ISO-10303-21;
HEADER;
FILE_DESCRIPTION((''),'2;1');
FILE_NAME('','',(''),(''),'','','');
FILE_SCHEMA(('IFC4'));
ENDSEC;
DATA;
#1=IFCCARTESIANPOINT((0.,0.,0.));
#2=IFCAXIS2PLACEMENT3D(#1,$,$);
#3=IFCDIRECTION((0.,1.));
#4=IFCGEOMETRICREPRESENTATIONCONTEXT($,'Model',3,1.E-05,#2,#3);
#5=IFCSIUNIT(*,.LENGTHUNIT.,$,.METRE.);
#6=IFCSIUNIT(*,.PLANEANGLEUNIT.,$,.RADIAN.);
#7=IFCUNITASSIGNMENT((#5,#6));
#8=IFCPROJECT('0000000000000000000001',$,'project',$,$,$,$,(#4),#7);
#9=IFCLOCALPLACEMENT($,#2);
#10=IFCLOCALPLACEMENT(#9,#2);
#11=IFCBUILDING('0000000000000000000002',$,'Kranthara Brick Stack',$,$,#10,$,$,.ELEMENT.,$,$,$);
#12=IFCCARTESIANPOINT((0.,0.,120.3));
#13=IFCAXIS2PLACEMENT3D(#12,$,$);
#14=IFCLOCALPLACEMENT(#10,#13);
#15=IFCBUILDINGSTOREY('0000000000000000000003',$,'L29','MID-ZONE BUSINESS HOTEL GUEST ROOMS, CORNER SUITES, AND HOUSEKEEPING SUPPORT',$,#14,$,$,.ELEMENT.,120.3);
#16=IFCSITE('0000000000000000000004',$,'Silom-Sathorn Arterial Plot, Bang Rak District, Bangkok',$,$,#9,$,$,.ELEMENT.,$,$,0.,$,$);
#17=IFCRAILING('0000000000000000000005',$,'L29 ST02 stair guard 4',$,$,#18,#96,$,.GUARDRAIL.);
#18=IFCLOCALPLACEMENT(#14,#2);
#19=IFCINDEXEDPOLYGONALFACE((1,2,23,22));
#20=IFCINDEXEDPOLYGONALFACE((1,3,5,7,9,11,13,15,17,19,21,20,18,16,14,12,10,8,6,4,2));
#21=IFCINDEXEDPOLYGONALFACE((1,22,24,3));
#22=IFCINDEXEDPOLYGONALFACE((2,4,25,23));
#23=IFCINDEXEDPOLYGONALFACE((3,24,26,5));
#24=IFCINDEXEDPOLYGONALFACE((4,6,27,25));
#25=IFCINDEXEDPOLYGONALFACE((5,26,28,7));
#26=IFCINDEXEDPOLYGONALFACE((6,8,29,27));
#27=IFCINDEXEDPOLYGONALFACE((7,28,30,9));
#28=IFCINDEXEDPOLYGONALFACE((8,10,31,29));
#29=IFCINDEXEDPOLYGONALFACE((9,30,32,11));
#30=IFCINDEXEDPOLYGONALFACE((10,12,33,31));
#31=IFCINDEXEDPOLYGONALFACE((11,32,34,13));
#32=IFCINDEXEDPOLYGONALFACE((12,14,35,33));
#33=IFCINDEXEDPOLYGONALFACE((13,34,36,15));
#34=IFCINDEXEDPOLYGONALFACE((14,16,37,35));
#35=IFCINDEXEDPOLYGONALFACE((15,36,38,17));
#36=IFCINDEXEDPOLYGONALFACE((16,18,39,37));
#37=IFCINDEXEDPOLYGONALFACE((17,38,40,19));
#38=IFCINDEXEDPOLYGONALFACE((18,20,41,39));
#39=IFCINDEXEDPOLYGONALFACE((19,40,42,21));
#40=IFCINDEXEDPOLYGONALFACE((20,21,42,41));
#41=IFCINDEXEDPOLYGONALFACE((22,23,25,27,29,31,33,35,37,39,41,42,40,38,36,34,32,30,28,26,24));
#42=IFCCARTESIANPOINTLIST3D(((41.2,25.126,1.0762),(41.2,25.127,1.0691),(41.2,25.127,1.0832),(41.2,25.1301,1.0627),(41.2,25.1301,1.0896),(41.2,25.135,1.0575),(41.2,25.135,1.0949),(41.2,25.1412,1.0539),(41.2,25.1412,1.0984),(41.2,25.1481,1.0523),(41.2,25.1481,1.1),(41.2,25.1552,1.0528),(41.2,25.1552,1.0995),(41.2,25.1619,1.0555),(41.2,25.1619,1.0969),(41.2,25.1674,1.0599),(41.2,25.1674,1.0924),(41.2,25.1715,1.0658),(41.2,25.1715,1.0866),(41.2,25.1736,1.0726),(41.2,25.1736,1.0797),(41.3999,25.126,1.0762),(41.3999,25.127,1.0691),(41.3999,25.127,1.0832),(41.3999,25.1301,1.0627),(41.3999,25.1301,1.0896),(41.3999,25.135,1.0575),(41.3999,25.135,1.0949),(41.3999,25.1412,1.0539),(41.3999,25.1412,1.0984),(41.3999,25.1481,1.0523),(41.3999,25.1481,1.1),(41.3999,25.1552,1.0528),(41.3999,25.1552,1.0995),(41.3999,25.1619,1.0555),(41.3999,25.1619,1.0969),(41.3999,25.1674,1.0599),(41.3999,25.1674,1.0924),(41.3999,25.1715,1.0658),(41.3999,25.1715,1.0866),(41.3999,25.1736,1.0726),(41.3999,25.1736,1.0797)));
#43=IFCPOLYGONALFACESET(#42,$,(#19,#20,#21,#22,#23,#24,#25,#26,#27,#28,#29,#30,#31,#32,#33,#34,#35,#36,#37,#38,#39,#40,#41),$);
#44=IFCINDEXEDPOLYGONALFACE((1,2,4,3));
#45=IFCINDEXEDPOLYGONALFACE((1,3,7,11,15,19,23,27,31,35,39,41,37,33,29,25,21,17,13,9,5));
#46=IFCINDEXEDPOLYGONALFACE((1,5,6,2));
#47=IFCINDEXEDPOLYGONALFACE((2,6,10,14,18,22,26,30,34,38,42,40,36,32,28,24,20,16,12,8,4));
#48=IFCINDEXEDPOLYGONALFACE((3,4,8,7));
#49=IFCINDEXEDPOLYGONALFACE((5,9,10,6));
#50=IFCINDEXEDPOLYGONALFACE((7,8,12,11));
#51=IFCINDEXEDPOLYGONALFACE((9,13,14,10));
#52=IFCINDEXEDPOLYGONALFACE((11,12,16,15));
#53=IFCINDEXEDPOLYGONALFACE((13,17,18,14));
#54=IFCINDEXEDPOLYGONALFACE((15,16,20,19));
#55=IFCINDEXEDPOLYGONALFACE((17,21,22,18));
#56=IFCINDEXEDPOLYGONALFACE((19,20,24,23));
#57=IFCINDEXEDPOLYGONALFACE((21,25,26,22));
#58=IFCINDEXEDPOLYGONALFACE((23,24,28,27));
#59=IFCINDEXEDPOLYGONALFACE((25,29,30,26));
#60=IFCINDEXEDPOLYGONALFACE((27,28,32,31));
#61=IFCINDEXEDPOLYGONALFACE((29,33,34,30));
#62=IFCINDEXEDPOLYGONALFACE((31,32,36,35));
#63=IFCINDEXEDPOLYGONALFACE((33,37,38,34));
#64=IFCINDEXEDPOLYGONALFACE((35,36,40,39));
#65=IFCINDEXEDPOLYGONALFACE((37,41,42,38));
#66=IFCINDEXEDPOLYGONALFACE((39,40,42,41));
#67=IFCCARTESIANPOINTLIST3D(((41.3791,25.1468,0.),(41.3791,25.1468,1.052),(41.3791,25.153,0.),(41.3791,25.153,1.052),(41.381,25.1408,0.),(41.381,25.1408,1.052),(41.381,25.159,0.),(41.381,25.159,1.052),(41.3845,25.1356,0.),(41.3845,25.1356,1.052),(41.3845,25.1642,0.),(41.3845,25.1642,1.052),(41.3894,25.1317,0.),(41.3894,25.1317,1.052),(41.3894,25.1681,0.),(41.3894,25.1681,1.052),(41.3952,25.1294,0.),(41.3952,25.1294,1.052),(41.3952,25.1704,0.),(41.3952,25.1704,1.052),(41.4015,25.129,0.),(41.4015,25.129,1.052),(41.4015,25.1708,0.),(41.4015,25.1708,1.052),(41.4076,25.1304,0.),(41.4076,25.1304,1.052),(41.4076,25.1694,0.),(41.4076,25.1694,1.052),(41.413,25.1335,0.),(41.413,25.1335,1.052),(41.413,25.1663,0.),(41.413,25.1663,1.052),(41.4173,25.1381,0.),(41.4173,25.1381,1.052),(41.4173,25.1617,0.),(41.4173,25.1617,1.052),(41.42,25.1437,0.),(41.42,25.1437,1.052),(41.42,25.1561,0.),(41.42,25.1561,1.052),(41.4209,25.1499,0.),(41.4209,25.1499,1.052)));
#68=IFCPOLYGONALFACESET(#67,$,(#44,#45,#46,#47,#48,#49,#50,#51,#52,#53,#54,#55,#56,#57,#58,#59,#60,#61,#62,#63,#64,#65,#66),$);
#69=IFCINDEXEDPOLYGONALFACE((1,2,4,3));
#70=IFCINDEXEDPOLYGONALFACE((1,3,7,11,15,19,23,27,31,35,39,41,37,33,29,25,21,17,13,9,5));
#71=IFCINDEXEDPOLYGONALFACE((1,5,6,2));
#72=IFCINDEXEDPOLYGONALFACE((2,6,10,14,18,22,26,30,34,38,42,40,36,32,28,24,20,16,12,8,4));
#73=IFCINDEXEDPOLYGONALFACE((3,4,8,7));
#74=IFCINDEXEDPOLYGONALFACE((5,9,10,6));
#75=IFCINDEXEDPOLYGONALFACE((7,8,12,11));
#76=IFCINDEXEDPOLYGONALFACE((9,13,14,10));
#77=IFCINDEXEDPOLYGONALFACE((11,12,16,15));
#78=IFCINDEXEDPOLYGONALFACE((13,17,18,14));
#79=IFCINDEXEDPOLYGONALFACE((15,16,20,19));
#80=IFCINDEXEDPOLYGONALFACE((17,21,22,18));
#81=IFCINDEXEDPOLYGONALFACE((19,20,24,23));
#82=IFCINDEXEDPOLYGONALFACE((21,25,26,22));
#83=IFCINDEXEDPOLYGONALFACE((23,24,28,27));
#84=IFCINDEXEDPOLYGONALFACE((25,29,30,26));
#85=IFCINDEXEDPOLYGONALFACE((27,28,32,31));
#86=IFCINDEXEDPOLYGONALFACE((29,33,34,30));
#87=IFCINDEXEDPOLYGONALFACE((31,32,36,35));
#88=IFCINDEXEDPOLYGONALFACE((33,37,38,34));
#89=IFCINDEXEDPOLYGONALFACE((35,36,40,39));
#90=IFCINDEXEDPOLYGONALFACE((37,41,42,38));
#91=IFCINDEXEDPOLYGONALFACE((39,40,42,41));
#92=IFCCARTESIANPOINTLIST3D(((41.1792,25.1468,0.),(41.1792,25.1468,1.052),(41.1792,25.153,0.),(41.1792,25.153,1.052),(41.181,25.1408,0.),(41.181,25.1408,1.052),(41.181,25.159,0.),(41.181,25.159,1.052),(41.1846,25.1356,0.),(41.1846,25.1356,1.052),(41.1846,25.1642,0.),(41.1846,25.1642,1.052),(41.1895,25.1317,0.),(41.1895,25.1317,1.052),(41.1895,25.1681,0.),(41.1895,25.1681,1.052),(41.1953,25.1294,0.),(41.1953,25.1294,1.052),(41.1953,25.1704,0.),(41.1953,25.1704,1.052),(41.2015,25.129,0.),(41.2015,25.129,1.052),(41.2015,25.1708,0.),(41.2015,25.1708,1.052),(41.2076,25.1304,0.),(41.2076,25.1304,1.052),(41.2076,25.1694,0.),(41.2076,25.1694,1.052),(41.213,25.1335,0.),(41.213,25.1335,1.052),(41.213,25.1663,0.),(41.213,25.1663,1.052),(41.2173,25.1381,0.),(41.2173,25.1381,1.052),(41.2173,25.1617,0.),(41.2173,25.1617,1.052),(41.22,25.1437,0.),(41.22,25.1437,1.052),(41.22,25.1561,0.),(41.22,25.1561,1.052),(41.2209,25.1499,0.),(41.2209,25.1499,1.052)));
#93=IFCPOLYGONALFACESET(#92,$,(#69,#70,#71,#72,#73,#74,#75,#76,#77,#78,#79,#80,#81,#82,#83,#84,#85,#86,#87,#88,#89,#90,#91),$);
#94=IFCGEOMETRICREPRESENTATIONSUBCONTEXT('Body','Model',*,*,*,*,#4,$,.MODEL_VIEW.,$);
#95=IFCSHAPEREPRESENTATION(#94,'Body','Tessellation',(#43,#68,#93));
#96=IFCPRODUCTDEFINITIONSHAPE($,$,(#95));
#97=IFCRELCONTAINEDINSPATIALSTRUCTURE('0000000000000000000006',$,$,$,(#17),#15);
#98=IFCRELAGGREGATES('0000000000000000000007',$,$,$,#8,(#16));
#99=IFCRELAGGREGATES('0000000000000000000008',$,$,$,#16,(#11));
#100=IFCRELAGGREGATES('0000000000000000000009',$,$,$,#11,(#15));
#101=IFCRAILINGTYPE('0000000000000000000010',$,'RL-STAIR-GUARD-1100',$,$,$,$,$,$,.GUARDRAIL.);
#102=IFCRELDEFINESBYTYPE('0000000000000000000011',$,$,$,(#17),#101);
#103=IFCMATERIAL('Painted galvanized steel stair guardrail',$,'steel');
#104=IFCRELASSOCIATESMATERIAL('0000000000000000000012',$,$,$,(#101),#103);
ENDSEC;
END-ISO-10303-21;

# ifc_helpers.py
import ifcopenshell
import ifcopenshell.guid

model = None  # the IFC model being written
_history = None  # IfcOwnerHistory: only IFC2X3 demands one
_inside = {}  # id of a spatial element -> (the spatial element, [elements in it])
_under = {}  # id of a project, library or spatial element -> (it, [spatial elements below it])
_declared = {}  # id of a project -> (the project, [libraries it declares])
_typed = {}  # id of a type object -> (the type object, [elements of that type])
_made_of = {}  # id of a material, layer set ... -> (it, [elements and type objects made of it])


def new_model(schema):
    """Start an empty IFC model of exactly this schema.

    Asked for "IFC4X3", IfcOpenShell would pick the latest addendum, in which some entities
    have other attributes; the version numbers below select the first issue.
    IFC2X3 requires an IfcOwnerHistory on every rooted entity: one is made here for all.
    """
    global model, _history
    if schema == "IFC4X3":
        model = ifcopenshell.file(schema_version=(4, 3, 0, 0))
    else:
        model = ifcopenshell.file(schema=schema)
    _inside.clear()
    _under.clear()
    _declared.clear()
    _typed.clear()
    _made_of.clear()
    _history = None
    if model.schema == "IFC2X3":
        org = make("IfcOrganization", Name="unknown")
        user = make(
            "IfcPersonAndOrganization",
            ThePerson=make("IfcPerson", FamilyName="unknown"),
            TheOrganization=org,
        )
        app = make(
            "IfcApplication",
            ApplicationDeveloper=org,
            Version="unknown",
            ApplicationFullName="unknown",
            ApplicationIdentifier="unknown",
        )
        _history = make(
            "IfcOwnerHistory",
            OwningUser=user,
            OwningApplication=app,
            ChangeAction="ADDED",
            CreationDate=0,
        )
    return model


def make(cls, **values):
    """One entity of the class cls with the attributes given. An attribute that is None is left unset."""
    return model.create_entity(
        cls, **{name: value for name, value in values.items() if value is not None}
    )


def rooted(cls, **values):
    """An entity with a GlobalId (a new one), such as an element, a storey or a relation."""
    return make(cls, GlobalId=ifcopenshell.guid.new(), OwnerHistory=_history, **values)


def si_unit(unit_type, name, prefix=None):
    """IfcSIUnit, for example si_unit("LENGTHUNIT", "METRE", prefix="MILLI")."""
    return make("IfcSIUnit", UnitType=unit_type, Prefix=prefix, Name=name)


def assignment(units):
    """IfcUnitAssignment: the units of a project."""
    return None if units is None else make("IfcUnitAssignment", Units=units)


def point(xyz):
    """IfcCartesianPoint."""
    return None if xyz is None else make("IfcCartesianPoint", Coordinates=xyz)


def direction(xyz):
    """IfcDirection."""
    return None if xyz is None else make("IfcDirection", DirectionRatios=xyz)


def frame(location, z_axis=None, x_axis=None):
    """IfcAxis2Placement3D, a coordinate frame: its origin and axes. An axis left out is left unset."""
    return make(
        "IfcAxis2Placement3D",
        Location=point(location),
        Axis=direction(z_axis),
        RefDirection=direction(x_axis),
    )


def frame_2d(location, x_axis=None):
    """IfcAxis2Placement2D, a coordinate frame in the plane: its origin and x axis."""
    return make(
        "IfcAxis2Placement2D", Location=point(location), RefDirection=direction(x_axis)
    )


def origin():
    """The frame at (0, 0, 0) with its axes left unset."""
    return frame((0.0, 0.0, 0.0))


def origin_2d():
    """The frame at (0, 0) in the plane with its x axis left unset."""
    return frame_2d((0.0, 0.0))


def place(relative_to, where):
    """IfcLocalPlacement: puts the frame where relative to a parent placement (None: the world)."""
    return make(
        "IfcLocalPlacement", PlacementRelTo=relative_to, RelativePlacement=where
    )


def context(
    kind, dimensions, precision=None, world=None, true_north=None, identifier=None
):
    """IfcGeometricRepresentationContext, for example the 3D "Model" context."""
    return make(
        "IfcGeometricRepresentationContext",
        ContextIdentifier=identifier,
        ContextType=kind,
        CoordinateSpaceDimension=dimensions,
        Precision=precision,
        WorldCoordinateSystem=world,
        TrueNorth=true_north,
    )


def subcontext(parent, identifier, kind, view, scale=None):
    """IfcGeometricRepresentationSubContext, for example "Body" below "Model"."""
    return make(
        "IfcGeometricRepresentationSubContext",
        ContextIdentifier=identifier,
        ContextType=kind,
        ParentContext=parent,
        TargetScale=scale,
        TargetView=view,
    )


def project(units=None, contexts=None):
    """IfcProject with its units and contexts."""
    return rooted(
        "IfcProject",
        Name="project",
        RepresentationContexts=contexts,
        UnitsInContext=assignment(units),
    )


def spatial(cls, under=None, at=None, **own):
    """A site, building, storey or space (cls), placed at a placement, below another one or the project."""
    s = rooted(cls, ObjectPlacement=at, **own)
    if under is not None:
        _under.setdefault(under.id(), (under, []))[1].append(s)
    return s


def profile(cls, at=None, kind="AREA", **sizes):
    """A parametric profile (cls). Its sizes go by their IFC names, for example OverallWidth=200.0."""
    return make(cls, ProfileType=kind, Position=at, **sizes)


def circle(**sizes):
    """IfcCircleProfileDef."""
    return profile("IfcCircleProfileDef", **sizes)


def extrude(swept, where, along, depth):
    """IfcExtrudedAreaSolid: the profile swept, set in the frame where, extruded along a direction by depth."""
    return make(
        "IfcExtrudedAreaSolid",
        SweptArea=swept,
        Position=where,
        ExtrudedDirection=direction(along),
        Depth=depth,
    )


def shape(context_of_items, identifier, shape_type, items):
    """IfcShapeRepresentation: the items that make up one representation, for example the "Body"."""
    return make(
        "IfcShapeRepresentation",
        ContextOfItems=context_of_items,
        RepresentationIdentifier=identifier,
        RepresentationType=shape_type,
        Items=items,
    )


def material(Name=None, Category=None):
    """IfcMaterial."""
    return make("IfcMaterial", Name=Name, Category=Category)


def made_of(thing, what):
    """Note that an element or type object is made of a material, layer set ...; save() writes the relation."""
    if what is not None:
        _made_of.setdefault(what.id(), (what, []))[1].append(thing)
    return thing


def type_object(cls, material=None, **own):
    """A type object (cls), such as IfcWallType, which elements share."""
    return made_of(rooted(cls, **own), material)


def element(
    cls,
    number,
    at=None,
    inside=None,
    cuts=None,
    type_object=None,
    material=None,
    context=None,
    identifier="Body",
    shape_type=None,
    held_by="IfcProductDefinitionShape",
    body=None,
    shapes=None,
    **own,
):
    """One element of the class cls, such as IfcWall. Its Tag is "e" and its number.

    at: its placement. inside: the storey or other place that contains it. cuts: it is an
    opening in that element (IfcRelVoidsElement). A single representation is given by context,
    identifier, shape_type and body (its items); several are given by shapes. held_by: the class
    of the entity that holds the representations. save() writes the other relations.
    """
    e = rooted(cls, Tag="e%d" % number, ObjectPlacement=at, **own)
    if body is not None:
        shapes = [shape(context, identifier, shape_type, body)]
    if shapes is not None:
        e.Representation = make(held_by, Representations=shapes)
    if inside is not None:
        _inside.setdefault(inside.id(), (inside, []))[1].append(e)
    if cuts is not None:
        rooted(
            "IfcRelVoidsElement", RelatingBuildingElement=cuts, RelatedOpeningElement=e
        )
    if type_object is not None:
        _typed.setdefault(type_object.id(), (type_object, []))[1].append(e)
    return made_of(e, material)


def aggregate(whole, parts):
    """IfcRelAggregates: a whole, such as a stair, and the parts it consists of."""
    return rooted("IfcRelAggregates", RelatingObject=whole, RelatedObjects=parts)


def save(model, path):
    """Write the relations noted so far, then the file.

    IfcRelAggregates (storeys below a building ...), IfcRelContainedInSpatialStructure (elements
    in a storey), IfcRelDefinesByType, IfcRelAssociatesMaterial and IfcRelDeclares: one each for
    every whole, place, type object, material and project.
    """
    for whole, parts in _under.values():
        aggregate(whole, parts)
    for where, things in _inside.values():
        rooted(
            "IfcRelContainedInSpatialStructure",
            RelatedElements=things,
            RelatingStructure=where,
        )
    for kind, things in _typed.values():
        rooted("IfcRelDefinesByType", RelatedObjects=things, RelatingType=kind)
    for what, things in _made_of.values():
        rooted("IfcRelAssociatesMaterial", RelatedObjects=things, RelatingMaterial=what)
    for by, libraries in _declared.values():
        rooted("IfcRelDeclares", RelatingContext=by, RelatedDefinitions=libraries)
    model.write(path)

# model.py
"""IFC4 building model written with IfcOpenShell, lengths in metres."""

from ifc_helpers import new_model, si_unit, direction, frame, origin, origin_2d, place, context, subcontext, project, spatial, circle, extrude, material, type_object, element, save


model = new_model("IFC4")

# Units and contexts
model_context = context("Model", 3, precision=1e-05, world=origin(), true_north=direction((0.0, 1.0)))
body_context = subcontext(model_context, "Body", "Model", "MODEL_VIEW")
ifc_project = project(units=[si_unit("LENGTHUNIT", "METRE"), si_unit("PLANEANGLEUNIT", "RADIAN")], contexts=[model_context])

# Site, building, storey
site_placement = place(None, origin())
site = spatial("IfcSite", under=ifc_project, at=site_placement, Name="Silom-Sathorn Arterial Plot, Bang Rak District, Bangkok", CompositionType="ELEMENT", RefElevation=0.0)
building_placement = place(site_placement, origin())
building = spatial("IfcBuilding", under=site, at=building_placement, Name="Kranthara Brick Stack", CompositionType="ELEMENT")
storey_placement = place(building_placement, frame((0.0, 0.0, 120.3)))
storey = spatial("IfcBuildingStorey", under=building, at=storey_placement, Name="L29", Description="MID-ZONE BUSINESS HOTEL GUEST ROOMS, CORNER SUITES, AND HOUSEKEEPING SUPPORT", CompositionType="ELEMENT", Elevation=120.3)

# Railing
ifc_material_1 = material(Name="Painted galvanized steel stair guardrail", Category="steel")
railing_type_1 = type_object("IfcRailingType", Name="RL-STAIR-GUARD-1100", PredefinedType="GUARDRAIL", material=ifc_material_1)
railing_1_placement = place(storey_placement, frame((41.3999, 25.1499, 0.0)))
element("IfcRailing", 1, at=railing_1_placement, inside=storey, type_object=railing_type_1, Name="L29 ST02 stair guard 4", PredefinedType="GUARDRAIL", context=body_context, shape_type="SweptSolid", body=[
    extrude(circle(Radius=0.0239, at=origin_2d()), frame((0.0, 0.0, 1.0762), z_axis=(-1.0, 0.0, 0.0), x_axis=(0.0, -1.0, 0.0)), (0.0, 0.0, 1.0), 0.2),
    extrude(circle(Radius=0.021, at=origin_2d()), origin(), (0.0, 0.0, 1.0), 1.052),
    extrude(circle(Radius=0.021, at=origin_2d()), frame((-0.2, 0.0, 0.0)), (0.0, 0.0, 1.0), 1.052),
])

save(model, "model.ifc")
